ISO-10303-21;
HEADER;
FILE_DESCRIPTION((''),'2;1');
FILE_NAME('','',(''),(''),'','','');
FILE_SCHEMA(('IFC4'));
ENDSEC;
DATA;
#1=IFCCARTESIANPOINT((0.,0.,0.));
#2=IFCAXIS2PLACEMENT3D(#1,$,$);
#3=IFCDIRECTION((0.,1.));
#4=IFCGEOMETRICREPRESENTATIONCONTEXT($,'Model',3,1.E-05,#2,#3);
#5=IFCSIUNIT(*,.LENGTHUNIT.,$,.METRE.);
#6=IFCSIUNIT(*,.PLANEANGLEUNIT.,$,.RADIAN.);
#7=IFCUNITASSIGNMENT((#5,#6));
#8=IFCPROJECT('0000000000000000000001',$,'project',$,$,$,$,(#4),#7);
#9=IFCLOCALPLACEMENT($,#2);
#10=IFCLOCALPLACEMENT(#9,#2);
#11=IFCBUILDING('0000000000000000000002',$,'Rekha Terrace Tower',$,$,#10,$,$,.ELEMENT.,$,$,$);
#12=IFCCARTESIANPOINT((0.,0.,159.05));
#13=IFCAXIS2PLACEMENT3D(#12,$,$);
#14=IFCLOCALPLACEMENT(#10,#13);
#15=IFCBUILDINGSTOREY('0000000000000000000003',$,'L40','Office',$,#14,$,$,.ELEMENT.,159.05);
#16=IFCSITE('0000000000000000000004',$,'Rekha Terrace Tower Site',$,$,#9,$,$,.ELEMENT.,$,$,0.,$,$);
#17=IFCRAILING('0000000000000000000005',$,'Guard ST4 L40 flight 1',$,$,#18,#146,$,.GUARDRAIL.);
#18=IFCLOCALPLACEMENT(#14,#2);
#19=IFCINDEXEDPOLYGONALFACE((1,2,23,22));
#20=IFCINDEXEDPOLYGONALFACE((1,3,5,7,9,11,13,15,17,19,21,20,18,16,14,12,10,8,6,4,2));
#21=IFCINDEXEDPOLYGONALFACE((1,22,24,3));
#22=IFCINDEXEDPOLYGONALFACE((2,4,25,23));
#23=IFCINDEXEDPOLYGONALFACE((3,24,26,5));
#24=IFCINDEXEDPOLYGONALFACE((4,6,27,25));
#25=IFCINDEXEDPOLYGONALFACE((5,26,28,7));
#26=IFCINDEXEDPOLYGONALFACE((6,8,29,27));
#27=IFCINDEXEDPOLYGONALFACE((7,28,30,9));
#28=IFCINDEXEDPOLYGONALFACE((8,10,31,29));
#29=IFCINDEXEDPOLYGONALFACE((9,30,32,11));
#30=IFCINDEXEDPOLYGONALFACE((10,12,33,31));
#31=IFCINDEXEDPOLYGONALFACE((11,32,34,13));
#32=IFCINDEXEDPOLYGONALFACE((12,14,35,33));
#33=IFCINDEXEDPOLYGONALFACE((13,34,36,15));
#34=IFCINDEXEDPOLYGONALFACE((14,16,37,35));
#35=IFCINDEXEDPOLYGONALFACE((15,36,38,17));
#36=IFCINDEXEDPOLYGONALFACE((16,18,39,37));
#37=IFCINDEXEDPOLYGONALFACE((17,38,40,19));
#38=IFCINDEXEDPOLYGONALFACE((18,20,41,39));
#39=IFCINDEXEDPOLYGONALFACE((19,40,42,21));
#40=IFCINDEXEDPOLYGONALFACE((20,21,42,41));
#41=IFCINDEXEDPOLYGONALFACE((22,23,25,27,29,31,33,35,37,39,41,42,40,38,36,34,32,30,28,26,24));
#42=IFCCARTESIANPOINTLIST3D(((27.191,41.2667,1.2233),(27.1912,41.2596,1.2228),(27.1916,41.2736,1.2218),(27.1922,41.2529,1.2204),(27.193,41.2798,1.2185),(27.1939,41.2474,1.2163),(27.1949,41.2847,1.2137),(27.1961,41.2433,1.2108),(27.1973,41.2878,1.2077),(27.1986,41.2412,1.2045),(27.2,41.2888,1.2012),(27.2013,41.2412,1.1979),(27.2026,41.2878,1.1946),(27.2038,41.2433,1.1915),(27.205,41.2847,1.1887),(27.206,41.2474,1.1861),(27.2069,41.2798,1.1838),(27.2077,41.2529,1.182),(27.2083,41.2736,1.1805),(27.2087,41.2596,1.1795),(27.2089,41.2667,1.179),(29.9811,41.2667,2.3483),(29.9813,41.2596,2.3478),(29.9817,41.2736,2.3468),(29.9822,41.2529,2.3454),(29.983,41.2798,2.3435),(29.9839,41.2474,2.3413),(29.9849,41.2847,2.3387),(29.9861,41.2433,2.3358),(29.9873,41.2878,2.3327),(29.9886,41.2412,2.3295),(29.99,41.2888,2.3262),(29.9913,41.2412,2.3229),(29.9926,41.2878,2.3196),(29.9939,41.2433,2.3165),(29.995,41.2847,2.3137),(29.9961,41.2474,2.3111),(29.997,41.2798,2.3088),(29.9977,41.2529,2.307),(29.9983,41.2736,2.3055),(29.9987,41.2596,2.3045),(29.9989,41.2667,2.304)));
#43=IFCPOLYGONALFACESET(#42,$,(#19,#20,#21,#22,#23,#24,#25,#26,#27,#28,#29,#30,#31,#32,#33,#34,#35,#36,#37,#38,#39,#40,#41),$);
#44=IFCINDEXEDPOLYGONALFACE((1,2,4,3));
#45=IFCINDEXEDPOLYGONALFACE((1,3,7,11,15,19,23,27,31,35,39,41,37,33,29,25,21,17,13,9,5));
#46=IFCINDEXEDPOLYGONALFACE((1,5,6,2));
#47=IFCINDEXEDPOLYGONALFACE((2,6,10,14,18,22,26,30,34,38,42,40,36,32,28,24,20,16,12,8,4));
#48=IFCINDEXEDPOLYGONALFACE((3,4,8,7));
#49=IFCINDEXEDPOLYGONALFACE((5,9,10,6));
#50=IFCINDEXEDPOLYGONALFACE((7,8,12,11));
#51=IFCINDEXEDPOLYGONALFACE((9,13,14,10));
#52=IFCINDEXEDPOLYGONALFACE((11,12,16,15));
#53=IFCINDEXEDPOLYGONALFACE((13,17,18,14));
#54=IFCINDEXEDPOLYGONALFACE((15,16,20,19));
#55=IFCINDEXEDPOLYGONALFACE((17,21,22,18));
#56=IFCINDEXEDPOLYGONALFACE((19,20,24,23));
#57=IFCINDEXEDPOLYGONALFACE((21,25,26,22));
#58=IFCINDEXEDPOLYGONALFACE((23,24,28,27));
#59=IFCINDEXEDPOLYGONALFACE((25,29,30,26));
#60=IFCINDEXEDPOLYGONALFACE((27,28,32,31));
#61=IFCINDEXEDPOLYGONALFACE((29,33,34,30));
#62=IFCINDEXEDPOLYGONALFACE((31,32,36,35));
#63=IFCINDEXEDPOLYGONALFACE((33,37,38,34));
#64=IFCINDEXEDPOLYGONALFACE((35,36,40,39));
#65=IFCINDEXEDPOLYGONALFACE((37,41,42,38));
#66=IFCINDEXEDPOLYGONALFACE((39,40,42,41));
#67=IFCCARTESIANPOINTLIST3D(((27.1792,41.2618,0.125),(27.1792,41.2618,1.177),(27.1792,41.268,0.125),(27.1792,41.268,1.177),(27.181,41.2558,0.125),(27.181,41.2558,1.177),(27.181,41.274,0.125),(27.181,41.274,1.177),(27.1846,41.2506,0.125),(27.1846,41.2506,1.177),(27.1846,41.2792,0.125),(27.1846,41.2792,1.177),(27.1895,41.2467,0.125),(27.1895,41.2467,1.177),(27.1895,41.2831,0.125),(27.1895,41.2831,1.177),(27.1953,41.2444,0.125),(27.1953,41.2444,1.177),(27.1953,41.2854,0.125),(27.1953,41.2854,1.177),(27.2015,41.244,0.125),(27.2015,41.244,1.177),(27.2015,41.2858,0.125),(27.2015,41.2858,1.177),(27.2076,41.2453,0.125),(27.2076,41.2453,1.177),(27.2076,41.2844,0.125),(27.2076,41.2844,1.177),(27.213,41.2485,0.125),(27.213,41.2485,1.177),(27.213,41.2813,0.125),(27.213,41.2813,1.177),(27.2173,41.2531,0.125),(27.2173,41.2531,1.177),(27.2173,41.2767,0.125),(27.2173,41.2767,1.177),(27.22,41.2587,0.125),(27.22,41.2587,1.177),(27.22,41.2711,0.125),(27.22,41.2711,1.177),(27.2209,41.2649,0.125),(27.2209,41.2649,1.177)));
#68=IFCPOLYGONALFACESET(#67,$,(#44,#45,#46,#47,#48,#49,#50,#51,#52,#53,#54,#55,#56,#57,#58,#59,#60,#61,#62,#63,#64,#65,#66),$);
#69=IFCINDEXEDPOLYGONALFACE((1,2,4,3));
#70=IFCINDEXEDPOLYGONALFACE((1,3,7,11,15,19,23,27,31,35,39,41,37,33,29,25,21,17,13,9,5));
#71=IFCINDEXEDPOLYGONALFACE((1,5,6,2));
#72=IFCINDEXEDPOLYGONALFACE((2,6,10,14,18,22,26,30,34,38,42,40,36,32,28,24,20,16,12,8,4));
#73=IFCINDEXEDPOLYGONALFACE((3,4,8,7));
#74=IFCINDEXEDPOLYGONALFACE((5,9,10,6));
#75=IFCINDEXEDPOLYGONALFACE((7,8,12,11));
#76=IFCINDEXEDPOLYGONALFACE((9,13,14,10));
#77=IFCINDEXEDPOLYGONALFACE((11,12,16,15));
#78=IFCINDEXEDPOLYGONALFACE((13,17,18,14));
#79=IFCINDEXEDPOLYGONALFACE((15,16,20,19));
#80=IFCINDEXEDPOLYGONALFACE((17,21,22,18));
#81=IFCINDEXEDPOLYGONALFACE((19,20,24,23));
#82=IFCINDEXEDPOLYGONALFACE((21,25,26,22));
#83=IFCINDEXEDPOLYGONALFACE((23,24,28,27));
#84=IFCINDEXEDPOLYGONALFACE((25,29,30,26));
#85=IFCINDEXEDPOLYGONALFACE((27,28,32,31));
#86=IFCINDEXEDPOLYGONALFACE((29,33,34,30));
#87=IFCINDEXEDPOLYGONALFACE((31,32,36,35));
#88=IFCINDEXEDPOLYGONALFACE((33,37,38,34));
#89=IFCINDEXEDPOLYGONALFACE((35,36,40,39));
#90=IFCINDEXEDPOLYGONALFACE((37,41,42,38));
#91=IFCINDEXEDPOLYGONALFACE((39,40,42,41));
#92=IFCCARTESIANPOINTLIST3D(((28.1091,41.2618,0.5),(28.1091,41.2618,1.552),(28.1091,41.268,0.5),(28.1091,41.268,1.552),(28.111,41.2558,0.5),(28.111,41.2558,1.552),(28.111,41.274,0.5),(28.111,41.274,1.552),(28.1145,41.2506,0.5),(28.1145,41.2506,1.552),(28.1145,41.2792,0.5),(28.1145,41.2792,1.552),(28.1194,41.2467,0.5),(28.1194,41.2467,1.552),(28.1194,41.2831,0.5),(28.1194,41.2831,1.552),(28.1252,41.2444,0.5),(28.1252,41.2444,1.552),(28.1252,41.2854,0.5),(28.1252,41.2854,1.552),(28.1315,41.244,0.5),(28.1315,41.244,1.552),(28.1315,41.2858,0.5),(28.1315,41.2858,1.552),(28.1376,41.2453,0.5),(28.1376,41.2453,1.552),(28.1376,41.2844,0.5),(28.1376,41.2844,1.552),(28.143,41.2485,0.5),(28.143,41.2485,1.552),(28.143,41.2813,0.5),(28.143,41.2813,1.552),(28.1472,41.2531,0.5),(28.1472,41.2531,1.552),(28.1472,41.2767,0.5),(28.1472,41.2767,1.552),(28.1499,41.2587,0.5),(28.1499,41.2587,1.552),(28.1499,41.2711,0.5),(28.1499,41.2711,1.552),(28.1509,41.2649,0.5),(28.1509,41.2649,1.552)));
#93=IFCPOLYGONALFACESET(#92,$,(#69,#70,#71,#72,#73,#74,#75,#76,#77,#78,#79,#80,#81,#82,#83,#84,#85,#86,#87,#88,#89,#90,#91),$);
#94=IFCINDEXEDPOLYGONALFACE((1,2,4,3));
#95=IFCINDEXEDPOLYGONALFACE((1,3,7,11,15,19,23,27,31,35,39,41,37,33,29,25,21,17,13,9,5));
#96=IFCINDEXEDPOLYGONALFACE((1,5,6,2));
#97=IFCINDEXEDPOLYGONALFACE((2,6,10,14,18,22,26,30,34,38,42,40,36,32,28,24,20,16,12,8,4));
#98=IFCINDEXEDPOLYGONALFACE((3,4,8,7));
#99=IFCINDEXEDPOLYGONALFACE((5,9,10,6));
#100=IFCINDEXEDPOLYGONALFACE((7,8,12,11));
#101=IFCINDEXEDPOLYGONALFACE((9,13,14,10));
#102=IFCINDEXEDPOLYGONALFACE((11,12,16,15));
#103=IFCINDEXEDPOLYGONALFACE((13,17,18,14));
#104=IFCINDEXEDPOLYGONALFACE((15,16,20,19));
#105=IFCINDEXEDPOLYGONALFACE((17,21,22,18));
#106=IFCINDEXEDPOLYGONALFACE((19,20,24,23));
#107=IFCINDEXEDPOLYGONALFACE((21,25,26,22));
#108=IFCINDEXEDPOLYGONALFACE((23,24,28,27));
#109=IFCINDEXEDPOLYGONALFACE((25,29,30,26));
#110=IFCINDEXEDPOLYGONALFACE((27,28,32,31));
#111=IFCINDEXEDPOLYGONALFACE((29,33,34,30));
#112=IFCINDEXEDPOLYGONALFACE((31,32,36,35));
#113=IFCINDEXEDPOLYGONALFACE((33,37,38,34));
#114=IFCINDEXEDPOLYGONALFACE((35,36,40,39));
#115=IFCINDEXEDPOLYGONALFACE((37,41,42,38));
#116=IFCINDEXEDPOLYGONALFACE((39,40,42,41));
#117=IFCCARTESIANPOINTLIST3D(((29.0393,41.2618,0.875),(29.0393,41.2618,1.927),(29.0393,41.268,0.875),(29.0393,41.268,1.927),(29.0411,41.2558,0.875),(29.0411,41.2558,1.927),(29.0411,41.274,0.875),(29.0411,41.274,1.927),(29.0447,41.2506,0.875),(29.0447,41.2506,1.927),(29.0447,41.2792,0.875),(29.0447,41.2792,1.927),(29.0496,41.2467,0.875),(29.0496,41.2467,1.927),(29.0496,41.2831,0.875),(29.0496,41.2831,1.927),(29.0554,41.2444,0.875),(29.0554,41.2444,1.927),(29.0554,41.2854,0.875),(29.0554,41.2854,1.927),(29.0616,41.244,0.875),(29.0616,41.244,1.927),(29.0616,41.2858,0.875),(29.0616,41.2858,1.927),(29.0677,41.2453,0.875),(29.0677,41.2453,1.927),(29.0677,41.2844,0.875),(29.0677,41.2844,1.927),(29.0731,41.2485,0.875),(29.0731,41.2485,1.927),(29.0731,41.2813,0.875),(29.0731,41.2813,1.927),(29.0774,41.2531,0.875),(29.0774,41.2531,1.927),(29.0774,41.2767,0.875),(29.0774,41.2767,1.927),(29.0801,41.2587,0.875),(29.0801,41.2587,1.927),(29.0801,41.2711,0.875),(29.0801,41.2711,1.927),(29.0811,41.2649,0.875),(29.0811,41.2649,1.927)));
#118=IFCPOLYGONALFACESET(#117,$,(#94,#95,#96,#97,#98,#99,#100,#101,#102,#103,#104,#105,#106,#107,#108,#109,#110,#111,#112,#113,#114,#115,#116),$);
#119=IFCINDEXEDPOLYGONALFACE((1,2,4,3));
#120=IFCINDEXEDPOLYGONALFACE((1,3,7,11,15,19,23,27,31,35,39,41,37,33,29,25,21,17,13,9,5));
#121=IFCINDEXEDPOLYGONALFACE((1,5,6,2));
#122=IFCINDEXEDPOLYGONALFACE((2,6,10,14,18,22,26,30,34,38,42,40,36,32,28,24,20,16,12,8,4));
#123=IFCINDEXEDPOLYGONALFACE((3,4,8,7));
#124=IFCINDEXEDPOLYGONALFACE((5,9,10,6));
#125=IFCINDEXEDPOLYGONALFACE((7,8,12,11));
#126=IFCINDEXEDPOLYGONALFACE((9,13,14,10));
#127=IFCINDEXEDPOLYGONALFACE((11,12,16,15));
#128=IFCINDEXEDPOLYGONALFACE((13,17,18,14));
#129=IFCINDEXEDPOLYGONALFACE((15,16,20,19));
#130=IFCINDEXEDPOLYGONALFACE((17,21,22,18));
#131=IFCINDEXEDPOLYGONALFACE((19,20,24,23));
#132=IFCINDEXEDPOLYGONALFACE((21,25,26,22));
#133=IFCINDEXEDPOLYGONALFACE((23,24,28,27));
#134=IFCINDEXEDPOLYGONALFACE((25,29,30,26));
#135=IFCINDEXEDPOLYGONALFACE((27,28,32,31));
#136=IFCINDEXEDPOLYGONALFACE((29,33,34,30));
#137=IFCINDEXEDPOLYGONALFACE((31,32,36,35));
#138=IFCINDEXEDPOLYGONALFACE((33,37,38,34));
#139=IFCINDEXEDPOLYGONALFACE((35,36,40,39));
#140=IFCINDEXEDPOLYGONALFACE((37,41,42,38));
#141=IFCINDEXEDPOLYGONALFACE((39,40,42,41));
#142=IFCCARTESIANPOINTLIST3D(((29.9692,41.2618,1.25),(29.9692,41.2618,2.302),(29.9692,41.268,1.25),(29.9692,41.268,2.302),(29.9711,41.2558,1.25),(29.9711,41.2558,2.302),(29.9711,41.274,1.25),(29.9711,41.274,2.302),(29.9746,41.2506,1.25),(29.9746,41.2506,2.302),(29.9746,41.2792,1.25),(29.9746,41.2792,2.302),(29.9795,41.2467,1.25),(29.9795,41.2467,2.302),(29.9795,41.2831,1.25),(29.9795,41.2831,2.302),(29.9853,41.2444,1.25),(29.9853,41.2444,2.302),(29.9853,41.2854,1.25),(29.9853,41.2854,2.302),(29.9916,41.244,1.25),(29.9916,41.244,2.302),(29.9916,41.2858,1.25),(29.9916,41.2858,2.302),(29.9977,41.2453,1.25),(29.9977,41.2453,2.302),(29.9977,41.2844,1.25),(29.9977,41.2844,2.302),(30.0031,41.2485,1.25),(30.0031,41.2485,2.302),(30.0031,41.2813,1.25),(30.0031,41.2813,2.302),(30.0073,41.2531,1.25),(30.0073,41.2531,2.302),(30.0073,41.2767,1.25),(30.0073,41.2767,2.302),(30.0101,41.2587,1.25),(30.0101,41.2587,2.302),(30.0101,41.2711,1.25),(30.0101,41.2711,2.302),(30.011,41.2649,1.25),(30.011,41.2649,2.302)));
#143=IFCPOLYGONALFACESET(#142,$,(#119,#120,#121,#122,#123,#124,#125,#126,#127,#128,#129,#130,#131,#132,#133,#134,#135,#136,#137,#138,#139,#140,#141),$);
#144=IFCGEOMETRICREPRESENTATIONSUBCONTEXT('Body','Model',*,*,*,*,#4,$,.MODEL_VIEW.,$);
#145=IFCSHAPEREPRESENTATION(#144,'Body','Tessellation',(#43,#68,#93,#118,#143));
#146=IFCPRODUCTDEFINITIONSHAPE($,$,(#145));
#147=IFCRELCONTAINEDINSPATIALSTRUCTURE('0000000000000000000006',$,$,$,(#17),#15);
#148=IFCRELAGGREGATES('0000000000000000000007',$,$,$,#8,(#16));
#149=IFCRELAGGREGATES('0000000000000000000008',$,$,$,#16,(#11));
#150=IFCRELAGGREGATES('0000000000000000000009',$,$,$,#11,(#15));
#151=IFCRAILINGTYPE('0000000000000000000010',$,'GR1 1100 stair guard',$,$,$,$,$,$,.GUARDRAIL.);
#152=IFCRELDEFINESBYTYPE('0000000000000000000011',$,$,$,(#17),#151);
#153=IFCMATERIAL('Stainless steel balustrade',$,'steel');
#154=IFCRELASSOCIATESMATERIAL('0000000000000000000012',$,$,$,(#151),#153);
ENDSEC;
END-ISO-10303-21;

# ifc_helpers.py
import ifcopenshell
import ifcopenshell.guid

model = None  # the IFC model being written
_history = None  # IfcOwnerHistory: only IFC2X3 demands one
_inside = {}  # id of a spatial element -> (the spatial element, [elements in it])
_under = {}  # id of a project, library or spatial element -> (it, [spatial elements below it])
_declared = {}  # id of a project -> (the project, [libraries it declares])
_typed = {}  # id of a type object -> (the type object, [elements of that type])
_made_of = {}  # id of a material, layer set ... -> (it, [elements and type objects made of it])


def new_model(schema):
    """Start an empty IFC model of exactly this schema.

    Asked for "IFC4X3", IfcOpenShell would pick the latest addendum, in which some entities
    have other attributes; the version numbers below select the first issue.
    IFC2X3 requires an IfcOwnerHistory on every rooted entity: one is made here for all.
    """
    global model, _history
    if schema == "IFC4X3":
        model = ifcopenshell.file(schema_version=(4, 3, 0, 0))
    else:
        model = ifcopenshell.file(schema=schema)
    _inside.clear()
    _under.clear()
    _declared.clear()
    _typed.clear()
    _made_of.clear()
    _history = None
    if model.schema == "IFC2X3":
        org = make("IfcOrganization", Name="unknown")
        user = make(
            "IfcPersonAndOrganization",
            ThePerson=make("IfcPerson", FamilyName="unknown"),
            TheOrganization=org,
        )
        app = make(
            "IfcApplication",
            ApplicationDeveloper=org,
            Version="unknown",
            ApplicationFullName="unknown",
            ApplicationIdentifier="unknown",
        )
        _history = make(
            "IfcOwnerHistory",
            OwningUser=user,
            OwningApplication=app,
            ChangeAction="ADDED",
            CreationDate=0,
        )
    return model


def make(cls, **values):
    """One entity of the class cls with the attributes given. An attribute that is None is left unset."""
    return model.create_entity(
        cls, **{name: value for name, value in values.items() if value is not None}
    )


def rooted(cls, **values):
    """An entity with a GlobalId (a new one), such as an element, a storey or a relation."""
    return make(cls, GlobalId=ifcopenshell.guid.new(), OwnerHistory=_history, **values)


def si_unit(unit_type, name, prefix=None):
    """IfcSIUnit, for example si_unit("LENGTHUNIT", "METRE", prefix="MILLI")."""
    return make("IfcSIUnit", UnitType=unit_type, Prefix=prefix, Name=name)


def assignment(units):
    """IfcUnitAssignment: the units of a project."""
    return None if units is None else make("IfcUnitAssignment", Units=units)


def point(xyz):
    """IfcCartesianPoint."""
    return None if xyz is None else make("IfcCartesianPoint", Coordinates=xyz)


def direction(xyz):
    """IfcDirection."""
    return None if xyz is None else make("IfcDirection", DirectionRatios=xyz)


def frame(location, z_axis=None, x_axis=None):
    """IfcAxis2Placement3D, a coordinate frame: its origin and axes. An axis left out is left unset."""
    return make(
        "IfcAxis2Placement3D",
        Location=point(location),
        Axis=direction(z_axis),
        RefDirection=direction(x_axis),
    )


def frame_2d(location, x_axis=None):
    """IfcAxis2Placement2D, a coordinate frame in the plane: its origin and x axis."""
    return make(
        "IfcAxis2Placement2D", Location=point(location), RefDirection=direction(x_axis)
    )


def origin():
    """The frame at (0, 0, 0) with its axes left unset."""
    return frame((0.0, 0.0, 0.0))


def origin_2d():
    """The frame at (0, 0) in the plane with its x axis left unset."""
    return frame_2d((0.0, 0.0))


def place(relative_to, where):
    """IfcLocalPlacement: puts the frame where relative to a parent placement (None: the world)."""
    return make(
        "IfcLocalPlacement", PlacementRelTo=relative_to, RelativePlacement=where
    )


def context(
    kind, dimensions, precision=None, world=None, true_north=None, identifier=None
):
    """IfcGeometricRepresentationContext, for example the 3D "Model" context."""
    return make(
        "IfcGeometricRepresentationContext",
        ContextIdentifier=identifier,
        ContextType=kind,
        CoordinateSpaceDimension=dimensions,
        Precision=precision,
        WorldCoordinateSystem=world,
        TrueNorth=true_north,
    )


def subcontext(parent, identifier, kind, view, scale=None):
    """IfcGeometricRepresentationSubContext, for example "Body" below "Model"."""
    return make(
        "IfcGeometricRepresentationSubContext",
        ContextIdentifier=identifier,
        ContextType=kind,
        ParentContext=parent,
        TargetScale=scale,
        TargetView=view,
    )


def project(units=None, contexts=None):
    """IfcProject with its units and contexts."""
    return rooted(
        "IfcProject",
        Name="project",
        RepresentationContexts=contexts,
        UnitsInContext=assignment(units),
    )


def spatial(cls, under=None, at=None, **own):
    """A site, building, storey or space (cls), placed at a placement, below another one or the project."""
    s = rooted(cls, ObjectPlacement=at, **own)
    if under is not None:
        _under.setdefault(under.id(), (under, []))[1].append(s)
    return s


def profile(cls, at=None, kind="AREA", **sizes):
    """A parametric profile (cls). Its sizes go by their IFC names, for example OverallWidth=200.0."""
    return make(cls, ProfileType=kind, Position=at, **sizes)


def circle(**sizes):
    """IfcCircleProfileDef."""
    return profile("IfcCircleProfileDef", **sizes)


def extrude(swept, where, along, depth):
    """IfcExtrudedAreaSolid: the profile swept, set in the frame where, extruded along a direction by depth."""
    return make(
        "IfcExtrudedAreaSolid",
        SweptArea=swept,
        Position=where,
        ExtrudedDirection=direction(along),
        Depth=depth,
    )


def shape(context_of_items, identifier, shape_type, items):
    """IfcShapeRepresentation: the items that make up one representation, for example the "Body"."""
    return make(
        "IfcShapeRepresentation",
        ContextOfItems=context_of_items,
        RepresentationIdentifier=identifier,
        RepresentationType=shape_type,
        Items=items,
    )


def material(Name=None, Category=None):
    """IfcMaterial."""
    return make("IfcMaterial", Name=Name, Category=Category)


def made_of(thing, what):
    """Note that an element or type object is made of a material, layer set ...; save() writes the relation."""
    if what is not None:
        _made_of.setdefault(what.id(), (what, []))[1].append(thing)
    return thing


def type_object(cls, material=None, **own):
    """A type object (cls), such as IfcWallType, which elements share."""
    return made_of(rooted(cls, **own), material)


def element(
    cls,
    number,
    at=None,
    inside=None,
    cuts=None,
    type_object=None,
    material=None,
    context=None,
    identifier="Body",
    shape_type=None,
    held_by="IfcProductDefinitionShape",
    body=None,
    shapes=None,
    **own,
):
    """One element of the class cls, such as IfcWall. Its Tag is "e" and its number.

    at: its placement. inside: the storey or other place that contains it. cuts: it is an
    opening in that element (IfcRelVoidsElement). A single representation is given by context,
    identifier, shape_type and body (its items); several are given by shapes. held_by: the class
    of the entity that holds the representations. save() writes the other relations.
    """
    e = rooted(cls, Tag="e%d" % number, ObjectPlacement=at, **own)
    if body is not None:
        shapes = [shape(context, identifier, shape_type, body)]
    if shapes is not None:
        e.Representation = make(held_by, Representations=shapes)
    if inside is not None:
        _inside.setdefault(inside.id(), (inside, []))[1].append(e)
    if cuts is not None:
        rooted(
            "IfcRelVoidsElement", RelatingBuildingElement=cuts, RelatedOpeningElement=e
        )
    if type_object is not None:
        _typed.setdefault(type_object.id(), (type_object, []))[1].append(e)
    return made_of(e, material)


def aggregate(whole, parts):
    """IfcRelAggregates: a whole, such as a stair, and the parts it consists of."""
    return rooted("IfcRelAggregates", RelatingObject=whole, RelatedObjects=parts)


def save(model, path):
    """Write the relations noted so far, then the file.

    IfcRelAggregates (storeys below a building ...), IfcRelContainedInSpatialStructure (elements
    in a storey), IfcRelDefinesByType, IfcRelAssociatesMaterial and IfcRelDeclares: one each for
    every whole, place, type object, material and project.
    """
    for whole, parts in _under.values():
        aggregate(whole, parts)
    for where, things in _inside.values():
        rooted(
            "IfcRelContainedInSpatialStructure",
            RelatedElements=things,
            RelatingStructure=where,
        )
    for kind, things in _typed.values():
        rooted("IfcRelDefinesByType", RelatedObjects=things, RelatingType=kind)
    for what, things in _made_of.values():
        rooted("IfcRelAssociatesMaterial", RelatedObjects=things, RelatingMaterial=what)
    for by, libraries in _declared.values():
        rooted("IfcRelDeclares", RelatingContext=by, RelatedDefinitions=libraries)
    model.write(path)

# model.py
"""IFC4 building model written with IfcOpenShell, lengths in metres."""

from ifc_helpers import new_model, si_unit, direction, frame, origin, origin_2d, place, context, subcontext, project, spatial, circle, extrude, material, type_object, element, save


model = new_model("IFC4")

# Units and contexts
model_context = context("Model", 3, precision=1e-05, world=origin(), true_north=direction((0.0, 1.0)))
body_context = subcontext(model_context, "Body", "Model", "MODEL_VIEW")
ifc_project = project(units=[si_unit("LENGTHUNIT", "METRE"), si_unit("PLANEANGLEUNIT", "RADIAN")], contexts=[model_context])

# Site, building, storey
site_placement = place(None, origin())
site = spatial("IfcSite", under=ifc_project, at=site_placement, Name="Rekha Terrace Tower Site", CompositionType="ELEMENT", RefElevation=0.0)
building_placement = place(site_placement, origin())
building = spatial("IfcBuilding", under=site, at=building_placement, Name="Rekha Terrace Tower", CompositionType="ELEMENT")
storey_placement = place(building_placement, frame((0.0, 0.0, 159.05)))
storey = spatial("IfcBuildingStorey", under=building, at=storey_placement, Name="L40", Description="Office", CompositionType="ELEMENT", Elevation=159.05)

# Railing
ifc_material_1 = material(Name="Stainless steel balustrade", Category="steel")
railing_type_1 = type_object("IfcRailingType", Name="GR1 1100 stair guard", PredefinedType="GUARDRAIL", material=ifc_material_1)
railing_1_placement = place(storey_placement, frame((27.2, 41.2649, 0.125)))
element("IfcRailing", 1, at=railing_1_placement, inside=storey, type_object=railing_type_1, Name="Guard ST4 L40 flight 1", PredefinedType="GUARDRAIL", context=body_context, shape_type="SweptSolid", body=[
    extrude(circle(Radius=0.0239, at=origin_2d()), frame((0.0, 0.0, 1.0762), z_axis=(0.927443, 0.0, 0.373964), x_axis=(0.0, 1.0, 0.0)), (0.0, 0.0, 1.0), 3.0083),
    extrude(circle(Radius=0.021, at=origin_2d()), origin(), (0.0, 0.0, 1.0), 1.052),
    extrude(circle(Radius=0.021, at=origin_2d()), frame((0.9299, 0.0, 0.375)), (0.0, 0.0, 1.0), 1.052),
    extrude(circle(Radius=0.021, at=origin_2d()), frame((1.8601, 0.0, 0.75)), (0.0, 0.0, 1.0), 1.052),
    extrude(circle(Radius=0.021, at=origin_2d()), frame((2.79, 0.0, 1.125)), (0.0, 0.0, 1.0), 1.052),
])

save(model, "model.ifc")
